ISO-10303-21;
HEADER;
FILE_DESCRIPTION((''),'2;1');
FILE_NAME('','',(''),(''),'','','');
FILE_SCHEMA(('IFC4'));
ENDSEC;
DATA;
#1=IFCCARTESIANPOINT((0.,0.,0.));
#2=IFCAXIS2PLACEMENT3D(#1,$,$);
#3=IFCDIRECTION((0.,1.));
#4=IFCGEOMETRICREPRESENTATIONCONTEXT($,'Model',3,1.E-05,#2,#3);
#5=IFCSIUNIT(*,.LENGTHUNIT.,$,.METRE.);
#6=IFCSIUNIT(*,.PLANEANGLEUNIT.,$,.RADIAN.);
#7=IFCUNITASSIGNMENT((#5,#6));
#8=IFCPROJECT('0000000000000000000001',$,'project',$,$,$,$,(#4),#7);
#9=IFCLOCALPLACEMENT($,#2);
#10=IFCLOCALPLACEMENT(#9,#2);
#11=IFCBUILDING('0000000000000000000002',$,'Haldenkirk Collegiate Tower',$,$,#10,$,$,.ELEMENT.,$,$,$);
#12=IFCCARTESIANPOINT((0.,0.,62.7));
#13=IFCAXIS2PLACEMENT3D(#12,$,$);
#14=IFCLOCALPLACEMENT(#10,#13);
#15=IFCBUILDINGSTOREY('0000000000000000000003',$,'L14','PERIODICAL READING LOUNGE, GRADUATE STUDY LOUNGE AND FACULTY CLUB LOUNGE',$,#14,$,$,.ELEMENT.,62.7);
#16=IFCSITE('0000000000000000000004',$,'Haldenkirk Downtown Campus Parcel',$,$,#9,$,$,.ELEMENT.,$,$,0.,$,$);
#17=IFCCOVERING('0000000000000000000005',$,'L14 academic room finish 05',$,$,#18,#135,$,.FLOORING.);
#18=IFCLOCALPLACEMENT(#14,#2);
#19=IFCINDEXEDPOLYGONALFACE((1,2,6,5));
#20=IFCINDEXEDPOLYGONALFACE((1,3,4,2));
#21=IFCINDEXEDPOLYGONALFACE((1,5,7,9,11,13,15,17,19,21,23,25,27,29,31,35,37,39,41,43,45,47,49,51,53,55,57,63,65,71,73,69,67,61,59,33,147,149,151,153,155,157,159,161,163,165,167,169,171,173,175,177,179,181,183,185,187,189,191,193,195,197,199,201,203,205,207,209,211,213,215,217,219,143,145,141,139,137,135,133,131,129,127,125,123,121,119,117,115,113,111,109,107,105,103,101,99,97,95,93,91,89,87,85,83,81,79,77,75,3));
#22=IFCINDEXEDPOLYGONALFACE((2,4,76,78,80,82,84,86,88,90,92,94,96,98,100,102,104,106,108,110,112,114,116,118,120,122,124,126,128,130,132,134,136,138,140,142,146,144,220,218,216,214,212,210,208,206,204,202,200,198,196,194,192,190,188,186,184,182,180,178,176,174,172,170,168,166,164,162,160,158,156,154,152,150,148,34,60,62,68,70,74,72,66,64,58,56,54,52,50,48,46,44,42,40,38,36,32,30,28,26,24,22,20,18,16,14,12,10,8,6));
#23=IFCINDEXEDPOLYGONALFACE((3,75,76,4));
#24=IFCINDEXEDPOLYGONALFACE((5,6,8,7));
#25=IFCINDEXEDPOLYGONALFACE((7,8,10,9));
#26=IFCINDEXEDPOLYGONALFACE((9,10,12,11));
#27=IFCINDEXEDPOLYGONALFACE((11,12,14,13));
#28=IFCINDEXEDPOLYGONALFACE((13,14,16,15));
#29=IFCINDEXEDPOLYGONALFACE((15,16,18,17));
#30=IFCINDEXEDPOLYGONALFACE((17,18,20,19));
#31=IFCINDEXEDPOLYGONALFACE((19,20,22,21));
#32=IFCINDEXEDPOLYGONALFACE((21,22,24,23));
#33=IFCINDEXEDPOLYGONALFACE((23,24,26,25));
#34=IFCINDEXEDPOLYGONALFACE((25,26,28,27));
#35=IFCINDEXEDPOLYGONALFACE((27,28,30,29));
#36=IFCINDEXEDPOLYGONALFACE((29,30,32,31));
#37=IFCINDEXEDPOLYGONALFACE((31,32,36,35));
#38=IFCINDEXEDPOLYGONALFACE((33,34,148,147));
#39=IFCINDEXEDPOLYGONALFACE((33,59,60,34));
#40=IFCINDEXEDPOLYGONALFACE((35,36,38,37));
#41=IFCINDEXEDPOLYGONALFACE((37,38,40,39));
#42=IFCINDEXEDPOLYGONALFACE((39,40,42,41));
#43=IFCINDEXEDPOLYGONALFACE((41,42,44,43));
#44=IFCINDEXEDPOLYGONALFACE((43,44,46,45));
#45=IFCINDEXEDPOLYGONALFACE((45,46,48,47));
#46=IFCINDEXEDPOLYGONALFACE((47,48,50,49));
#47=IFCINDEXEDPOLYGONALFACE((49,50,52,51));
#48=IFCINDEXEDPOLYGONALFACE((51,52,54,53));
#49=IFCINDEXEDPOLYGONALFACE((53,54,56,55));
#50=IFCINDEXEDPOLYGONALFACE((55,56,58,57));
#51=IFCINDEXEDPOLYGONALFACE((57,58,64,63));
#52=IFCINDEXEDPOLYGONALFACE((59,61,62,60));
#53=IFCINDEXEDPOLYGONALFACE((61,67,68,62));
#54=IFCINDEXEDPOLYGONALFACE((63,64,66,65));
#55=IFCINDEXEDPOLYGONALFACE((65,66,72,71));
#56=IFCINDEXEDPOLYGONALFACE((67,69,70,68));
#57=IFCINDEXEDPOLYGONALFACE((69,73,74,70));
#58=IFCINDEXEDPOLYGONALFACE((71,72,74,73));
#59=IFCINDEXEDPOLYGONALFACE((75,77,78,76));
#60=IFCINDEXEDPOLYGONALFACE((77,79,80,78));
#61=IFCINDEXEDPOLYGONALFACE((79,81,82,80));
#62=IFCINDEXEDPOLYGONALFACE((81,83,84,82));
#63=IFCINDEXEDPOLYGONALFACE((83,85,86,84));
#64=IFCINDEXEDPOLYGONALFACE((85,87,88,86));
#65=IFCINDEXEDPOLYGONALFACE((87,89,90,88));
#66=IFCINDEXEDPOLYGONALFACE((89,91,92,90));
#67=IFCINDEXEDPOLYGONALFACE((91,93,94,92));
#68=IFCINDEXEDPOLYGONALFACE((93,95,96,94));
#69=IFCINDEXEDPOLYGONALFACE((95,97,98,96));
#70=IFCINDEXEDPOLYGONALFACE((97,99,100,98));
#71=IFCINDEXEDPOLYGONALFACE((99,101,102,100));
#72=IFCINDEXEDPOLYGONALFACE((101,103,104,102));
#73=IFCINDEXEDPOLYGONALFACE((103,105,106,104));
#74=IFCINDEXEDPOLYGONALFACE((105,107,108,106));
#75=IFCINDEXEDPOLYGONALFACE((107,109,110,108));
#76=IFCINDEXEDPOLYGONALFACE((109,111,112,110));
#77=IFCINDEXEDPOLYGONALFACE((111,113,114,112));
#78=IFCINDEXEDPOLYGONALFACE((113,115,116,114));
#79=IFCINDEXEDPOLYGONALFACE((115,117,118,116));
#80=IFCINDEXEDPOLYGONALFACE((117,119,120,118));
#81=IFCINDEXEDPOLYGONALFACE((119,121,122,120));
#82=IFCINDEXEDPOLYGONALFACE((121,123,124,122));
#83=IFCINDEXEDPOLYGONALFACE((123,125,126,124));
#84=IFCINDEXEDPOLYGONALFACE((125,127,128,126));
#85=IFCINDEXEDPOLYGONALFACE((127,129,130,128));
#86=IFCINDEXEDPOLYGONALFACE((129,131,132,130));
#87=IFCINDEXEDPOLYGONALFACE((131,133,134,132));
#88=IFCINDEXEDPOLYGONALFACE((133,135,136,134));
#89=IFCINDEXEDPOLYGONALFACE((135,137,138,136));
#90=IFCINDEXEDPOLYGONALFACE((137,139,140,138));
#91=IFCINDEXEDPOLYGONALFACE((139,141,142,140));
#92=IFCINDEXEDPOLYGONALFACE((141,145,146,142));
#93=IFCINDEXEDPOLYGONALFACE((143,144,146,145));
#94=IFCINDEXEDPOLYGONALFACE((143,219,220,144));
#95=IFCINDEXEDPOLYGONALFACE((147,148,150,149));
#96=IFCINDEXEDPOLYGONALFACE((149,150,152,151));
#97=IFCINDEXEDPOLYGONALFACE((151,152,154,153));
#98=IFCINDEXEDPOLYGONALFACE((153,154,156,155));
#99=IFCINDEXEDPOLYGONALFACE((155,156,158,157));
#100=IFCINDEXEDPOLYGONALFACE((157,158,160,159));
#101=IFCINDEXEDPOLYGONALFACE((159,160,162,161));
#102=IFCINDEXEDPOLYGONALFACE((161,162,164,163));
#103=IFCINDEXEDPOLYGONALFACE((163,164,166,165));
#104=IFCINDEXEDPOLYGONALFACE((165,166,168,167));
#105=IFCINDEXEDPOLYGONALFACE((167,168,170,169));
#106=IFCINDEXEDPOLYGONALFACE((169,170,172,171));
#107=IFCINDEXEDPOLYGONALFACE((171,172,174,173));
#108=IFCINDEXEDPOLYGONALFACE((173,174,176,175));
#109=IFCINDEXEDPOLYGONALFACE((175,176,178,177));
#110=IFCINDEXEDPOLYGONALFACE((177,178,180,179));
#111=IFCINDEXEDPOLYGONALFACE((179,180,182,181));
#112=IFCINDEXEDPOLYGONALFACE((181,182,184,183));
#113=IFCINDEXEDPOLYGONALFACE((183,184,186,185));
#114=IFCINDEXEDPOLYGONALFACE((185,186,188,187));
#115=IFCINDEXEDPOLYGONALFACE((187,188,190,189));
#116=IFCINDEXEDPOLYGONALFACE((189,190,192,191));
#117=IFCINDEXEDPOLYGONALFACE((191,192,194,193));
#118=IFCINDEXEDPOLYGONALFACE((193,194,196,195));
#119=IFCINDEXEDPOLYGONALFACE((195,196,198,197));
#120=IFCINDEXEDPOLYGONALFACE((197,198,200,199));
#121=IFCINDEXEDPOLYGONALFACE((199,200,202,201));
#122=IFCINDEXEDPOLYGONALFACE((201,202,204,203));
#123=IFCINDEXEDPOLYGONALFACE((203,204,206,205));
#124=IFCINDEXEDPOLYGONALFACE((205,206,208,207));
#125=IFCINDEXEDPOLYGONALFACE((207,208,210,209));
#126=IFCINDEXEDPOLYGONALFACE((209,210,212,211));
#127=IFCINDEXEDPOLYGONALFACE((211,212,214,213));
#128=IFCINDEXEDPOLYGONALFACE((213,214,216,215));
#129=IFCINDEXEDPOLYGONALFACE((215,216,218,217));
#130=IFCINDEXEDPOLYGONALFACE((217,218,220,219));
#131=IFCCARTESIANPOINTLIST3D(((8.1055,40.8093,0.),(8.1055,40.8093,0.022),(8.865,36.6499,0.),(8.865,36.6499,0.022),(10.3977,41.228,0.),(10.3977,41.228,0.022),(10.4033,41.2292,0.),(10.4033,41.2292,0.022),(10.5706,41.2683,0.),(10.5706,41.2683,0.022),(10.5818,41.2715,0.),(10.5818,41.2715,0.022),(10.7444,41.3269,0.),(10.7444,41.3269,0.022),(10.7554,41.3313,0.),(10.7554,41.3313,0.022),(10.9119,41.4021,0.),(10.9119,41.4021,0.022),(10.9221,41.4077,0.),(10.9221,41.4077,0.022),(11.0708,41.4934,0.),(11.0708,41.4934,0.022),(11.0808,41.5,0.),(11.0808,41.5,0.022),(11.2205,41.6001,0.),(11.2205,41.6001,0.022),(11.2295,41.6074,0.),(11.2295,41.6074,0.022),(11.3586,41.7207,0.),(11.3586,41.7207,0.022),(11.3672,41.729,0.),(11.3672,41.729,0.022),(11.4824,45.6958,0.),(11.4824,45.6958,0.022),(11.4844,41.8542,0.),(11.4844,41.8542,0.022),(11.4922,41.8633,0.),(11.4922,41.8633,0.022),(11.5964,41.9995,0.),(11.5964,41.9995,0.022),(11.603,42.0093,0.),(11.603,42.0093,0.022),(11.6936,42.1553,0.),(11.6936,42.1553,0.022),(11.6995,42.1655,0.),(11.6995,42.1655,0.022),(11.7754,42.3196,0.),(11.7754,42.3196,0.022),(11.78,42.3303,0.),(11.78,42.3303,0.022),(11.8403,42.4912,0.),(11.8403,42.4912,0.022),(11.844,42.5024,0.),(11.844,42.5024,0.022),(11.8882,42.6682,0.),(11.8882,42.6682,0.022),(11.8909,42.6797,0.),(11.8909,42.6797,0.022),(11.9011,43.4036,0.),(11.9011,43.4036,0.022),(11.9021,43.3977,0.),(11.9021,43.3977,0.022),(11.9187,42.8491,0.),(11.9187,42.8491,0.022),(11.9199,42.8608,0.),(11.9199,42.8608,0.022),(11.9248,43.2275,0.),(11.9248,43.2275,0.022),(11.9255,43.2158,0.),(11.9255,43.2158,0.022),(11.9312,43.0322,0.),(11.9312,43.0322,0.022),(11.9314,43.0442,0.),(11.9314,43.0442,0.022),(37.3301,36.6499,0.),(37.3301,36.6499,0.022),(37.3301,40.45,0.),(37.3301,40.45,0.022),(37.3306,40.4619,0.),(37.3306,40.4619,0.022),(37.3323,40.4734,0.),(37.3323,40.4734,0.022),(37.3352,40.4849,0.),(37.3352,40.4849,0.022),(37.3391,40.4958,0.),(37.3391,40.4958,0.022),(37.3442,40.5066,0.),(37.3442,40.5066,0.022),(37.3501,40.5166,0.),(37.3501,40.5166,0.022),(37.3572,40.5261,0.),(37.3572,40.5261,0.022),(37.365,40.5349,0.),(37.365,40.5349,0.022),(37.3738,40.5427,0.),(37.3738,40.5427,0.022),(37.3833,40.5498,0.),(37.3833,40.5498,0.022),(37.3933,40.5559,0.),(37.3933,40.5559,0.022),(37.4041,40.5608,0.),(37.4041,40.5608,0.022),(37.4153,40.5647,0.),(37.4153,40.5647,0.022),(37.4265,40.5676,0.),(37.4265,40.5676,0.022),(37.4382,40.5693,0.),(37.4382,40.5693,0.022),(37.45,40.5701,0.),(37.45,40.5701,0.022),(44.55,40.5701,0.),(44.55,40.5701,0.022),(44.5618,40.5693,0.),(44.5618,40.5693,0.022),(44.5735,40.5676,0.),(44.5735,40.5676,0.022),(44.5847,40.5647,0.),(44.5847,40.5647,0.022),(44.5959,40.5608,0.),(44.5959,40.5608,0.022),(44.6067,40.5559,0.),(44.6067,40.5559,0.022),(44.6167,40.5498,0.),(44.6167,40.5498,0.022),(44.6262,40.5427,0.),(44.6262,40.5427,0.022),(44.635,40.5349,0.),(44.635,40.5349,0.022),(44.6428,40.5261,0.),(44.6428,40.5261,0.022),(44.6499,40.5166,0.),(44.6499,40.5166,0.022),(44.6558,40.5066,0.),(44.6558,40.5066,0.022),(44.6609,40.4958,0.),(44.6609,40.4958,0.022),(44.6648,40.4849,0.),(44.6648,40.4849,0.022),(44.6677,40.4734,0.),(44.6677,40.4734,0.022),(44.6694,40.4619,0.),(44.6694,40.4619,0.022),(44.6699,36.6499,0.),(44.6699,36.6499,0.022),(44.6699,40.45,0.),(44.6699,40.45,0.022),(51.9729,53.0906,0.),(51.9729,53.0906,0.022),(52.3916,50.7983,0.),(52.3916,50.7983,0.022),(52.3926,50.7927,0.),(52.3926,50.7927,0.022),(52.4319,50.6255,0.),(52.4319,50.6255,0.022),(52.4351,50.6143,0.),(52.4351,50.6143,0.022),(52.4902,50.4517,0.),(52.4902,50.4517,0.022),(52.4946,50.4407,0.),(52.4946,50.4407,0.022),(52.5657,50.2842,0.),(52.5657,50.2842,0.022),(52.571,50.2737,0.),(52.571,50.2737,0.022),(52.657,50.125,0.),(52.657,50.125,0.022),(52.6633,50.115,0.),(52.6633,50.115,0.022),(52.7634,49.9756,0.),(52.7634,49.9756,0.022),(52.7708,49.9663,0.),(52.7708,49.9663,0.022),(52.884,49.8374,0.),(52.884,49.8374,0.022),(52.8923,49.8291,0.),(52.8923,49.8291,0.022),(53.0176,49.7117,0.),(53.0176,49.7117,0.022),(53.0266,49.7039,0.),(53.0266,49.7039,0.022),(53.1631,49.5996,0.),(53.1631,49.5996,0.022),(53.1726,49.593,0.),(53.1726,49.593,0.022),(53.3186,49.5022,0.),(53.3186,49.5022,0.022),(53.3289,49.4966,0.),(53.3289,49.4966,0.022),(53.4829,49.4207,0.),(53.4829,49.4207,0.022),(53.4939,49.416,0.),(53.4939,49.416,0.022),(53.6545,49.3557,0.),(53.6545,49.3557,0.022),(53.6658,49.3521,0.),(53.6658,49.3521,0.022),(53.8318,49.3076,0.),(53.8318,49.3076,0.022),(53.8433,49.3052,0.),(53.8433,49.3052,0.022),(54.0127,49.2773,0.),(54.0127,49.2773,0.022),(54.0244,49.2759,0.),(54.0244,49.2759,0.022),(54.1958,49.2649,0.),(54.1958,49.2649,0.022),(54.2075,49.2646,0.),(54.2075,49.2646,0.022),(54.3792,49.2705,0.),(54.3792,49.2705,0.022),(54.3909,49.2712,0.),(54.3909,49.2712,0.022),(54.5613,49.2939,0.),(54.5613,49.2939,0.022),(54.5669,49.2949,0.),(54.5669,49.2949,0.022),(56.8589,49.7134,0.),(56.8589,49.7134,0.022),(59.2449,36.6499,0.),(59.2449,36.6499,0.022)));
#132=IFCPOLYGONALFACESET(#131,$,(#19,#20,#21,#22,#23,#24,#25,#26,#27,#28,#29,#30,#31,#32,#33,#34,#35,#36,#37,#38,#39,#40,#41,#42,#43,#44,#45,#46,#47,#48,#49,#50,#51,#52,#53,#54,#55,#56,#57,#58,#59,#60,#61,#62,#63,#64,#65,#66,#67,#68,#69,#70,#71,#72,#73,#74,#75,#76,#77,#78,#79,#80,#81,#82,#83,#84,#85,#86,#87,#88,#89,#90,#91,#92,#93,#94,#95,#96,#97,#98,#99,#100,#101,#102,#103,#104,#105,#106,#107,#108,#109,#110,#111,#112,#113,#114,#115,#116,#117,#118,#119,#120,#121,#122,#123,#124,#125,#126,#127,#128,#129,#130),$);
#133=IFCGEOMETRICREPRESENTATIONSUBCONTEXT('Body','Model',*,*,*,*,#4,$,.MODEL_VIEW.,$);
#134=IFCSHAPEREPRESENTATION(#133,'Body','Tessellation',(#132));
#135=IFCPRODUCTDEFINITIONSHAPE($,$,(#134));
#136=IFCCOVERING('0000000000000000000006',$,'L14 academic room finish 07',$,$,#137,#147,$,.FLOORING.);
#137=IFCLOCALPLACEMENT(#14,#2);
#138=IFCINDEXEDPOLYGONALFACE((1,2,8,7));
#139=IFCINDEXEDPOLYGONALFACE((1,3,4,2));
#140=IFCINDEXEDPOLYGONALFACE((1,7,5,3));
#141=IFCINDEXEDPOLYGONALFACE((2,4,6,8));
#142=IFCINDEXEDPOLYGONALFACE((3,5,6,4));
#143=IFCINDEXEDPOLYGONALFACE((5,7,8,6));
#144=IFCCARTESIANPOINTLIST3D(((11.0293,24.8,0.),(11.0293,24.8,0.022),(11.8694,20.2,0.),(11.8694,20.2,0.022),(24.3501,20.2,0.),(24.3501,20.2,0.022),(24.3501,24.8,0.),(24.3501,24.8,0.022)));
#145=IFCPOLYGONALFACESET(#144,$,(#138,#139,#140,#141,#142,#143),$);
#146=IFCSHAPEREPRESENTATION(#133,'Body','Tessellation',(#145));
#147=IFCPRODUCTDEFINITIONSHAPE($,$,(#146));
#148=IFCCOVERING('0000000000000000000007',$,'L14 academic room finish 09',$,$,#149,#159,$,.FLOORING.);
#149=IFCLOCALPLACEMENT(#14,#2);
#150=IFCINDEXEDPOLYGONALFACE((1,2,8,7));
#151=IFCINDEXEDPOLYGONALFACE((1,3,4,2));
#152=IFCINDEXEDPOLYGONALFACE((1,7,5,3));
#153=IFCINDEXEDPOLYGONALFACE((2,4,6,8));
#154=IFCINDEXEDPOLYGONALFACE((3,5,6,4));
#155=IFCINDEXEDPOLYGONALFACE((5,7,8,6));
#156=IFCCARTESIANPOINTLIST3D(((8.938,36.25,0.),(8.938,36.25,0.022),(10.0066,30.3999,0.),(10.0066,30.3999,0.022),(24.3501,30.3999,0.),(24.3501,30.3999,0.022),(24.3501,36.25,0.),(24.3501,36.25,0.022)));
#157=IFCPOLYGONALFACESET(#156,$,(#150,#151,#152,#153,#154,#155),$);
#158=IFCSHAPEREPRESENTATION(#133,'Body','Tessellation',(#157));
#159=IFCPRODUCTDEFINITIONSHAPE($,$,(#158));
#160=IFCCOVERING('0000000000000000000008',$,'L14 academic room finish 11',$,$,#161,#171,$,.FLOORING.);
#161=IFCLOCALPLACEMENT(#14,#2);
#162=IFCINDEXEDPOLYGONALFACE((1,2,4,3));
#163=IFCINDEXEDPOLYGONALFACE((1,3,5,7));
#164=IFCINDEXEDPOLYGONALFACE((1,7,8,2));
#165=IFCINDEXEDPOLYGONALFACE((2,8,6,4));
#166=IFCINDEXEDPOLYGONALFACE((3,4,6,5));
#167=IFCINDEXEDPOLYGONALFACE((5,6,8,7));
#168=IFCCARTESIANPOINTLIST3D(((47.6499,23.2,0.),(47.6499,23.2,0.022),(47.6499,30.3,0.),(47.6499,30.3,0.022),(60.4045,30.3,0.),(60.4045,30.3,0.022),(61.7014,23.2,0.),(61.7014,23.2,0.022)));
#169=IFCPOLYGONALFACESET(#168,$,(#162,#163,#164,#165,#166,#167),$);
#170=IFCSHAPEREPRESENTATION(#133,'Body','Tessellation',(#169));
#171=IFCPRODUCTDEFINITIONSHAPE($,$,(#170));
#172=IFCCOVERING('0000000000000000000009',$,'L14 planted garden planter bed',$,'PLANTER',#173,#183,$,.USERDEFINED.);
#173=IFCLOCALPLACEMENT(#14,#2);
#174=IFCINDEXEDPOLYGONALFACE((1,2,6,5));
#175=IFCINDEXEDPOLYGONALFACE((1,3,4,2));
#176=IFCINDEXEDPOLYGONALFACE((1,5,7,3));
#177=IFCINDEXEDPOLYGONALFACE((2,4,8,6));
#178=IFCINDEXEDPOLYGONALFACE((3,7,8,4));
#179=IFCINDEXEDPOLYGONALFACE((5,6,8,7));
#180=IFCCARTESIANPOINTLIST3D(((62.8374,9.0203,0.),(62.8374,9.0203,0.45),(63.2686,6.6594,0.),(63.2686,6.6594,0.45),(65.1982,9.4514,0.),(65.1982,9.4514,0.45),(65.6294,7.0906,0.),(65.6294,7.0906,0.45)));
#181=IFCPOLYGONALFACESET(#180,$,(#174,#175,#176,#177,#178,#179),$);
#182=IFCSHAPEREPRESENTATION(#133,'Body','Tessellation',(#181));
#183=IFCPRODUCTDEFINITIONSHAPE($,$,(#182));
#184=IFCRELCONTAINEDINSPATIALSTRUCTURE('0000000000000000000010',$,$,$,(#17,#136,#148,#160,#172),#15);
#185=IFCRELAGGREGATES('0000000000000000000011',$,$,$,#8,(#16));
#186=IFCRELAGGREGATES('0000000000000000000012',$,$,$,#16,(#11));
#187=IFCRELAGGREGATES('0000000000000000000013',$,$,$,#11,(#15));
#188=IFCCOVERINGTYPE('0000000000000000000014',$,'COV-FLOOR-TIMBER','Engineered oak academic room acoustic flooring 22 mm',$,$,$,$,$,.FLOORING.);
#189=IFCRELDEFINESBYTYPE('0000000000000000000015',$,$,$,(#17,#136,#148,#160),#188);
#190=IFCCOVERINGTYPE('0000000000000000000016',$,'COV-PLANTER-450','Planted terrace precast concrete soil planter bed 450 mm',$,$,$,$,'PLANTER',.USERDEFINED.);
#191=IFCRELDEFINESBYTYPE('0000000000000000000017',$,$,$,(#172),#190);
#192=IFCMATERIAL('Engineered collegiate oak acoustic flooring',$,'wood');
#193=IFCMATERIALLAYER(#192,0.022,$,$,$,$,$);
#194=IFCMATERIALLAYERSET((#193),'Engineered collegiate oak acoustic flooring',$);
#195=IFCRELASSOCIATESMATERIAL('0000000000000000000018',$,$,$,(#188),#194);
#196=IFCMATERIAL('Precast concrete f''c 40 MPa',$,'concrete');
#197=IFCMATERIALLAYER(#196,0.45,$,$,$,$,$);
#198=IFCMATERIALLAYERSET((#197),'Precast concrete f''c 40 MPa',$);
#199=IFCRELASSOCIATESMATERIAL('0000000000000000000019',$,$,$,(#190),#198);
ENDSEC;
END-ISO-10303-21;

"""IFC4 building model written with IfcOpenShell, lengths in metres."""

from ifc_helpers import new_model, si_unit, direction, frame, origin, place, context, subcontext, project, spatial, polyline, outline, extrude, material, layer, layer_set, type_object, element, save


model = new_model("IFC4")

# Units and contexts
model_context = context("Model", 3, precision=1e-05, world=origin(), true_north=direction((0.0, 1.0)))
body_context = subcontext(model_context, "Body", "Model", "MODEL_VIEW")
ifc_project = project(units=[si_unit("LENGTHUNIT", "METRE"), si_unit("PLANEANGLEUNIT", "RADIAN")], contexts=[model_context])

# Site, building, storey
site_placement = place(None, origin())
site = spatial("IfcSite", under=ifc_project, at=site_placement, Name="Haldenkirk Downtown Campus Parcel", CompositionType="ELEMENT", RefElevation=0.0)
building_placement = place(site_placement, origin())
building = spatial("IfcBuilding", under=site, at=building_placement, Name="Haldenkirk Collegiate Tower", CompositionType="ELEMENT")
storey_placement = place(building_placement, frame((0.0, 0.0, 62.7)))
storey = spatial("IfcBuildingStorey", under=building, at=storey_placement, Name="L14", Description="PERIODICAL READING LOUNGE, GRADUATE STUDY LOUNGE AND FACULTY CLUB LOUNGE", CompositionType="ELEMENT", Elevation=62.7)

# Shared definitions
ifc_material_1 = material(Name="Precast concrete f'c 40 MPa", Category="concrete")

# Coverings
ifc_material_2 = material(Name="Engineered collegiate oak acoustic flooring", Category="wood")
ifc_layer_1 = layer(ifc_material_2, 0.022)
ifc_layer_set_1 = layer_set([ifc_layer_1], Name="Engineered collegiate oak acoustic flooring")
covering_type_1 = type_object("IfcCoveringType", Name="COV-FLOOR-TIMBER", Description="Engineered oak academic room acoustic flooring 22 mm", PredefinedType="FLOORING", material=ifc_layer_set_1)
covering_1_placement = place(storey_placement, origin())
element("IfcCovering", 1, at=covering_1_placement, inside=storey, type_object=covering_type_1, Name="L14 academic room finish 05", PredefinedType="FLOORING", context=body_context, shape_type="SweptSolid", body=[
    extrude(outline(polyline([(10.3977, 41.228), (10.4033, 41.2292), (10.5706, 41.2683), (10.5818, 41.2715), (10.7444, 41.3269), (10.7554, 41.3313), (10.9119, 41.4021), (10.9221, 41.4077), (11.0708, 41.4934), (11.0808, 41.5), (11.2205, 41.6001), (11.2295, 41.6074), (11.3586, 41.7207), (11.3672, 41.729), (11.4844, 41.8542), (11.4922, 41.8633), (11.5964, 41.9995), (11.603, 42.0093), (11.6936, 42.1553), (11.6995, 42.1655), (11.7754, 42.3196), (11.78, 42.3303), (11.8403, 42.4912), (11.844, 42.5024), (11.8882, 42.6682), (11.8909, 42.6797), (11.9187, 42.8491), (11.9199, 42.8608), (11.9312, 43.0322), (11.9314, 43.0442), (11.9255, 43.2158), (11.9248, 43.2275), (11.9021, 43.3977), (11.9011, 43.4036), (11.4824, 45.6958), (51.9729, 53.0906), (52.3916, 50.7983), (52.3926, 50.7927), (52.4319, 50.6255), (52.4351, 50.6143), (52.4902, 50.4517), (52.4946, 50.4407), (52.5657, 50.2842), (52.571, 50.2737), (52.657, 50.125), (52.6633, 50.115), (52.7634, 49.9756), (52.7708, 49.9663), (52.884, 49.8374), (52.8923, 49.8291), (53.0176, 49.7117), (53.0266, 49.7039), (53.1631, 49.5996), (53.1726, 49.593), (53.3186, 49.5022), (53.3289, 49.4966), (53.4829, 49.4207), (53.4939, 49.416), (53.6545, 49.3557), (53.6658, 49.3521), (53.8318, 49.3076), (53.8433, 49.3052), (54.0127, 49.2773), (54.0244, 49.2759), (54.1958, 49.2649), (54.2075, 49.2646), (54.3792, 49.2705), (54.3909, 49.2712), (54.5613, 49.2939), (54.5669, 49.2949), (56.8589, 49.7134), (59.2449, 36.6499), (44.6699, 36.6499), (44.6699, 40.45), (44.6694, 40.4619), (44.6677, 40.4734), (44.6648, 40.4849), (44.6609, 40.4958), (44.6558, 40.5066), (44.6499, 40.5166), (44.6428, 40.5261), (44.635, 40.5349), (44.6262, 40.5427), (44.6167, 40.5498), (44.6067, 40.5559), (44.5959, 40.5608), (44.5847, 40.5647), (44.5735, 40.5676), (44.5618, 40.5693), (44.55, 40.5701), (37.45, 40.5701), (37.4382, 40.5693), (37.4265, 40.5676), (37.4153, 40.5647), (37.4041, 40.5608), (37.3933, 40.5559), (37.3833, 40.5498), (37.3738, 40.5427), (37.365, 40.5349), (37.3572, 40.5261), (37.3501, 40.5166), (37.3442, 40.5066), (37.3391, 40.4958), (37.3352, 40.4849), (37.3323, 40.4734), (37.3306, 40.4619), (37.3301, 40.45), (37.3301, 36.6499), (8.865, 36.6499), (8.1055, 40.8093), (10.3977, 41.228)])), origin(), (0.0, 0.0, 1.0), 0.022),
])
covering_2_placement = place(storey_placement, origin())
element("IfcCovering", 2, at=covering_2_placement, inside=storey, type_object=covering_type_1, Name="L14 academic room finish 07", PredefinedType="FLOORING", context=body_context, shape_type="SweptSolid", body=[
    extrude(outline(polyline([(11.0293, 24.8), (24.3501, 24.8), (24.3501, 20.2), (11.8694, 20.2), (11.0293, 24.8)])), origin(), (0.0, 0.0, 1.0), 0.022),
])
covering_3_placement = place(storey_placement, origin())
element("IfcCovering", 3, at=covering_3_placement, inside=storey, type_object=covering_type_1, Name="L14 academic room finish 09", PredefinedType="FLOORING", context=body_context, shape_type="SweptSolid", body=[
    extrude(outline(polyline([(8.938, 36.25), (24.3501, 36.25), (24.3501, 30.3999), (10.0066, 30.3999), (8.938, 36.25)])), origin(), (0.0, 0.0, 1.0), 0.022),
])
covering_4_placement = place(storey_placement, origin())
element("IfcCovering", 4, at=covering_4_placement, inside=storey, type_object=covering_type_1, Name="L14 academic room finish 11", PredefinedType="FLOORING", context=body_context, shape_type="SweptSolid", body=[
    extrude(outline(polyline([(61.7014, 23.2), (47.6499, 23.2), (47.6499, 30.3), (60.4045, 30.3), (61.7014, 23.2)])), origin(), (0.0, 0.0, 1.0), 0.022),
])
ifc_layer_2 = layer(ifc_material_1, 0.45)
ifc_layer_set_2 = layer_set([ifc_layer_2], Name="Precast concrete f'c 40 MPa")
covering_type_2 = type_object("IfcCoveringType", Name="COV-PLANTER-450", Description="Planted terrace precast concrete soil planter bed 450 mm", ElementType="PLANTER", PredefinedType="USERDEFINED", material=ifc_layer_set_2)
covering_5_placement = place(storey_placement, origin())
element("IfcCovering", 5, at=covering_5_placement, inside=storey, type_object=covering_type_2, Name="L14 planted garden planter bed", ObjectType="PLANTER", PredefinedType="USERDEFINED", context=body_context, shape_type="SweptSolid", body=[
    extrude(outline(polyline([(63.2686, 6.6594), (62.8374, 9.0203), (65.1982, 9.4514), (65.6294, 7.0906), (63.2686, 6.6594)])), origin(), (0.0, 0.0, 1.0), 0.45),
])

save(model, "model.ifc")
